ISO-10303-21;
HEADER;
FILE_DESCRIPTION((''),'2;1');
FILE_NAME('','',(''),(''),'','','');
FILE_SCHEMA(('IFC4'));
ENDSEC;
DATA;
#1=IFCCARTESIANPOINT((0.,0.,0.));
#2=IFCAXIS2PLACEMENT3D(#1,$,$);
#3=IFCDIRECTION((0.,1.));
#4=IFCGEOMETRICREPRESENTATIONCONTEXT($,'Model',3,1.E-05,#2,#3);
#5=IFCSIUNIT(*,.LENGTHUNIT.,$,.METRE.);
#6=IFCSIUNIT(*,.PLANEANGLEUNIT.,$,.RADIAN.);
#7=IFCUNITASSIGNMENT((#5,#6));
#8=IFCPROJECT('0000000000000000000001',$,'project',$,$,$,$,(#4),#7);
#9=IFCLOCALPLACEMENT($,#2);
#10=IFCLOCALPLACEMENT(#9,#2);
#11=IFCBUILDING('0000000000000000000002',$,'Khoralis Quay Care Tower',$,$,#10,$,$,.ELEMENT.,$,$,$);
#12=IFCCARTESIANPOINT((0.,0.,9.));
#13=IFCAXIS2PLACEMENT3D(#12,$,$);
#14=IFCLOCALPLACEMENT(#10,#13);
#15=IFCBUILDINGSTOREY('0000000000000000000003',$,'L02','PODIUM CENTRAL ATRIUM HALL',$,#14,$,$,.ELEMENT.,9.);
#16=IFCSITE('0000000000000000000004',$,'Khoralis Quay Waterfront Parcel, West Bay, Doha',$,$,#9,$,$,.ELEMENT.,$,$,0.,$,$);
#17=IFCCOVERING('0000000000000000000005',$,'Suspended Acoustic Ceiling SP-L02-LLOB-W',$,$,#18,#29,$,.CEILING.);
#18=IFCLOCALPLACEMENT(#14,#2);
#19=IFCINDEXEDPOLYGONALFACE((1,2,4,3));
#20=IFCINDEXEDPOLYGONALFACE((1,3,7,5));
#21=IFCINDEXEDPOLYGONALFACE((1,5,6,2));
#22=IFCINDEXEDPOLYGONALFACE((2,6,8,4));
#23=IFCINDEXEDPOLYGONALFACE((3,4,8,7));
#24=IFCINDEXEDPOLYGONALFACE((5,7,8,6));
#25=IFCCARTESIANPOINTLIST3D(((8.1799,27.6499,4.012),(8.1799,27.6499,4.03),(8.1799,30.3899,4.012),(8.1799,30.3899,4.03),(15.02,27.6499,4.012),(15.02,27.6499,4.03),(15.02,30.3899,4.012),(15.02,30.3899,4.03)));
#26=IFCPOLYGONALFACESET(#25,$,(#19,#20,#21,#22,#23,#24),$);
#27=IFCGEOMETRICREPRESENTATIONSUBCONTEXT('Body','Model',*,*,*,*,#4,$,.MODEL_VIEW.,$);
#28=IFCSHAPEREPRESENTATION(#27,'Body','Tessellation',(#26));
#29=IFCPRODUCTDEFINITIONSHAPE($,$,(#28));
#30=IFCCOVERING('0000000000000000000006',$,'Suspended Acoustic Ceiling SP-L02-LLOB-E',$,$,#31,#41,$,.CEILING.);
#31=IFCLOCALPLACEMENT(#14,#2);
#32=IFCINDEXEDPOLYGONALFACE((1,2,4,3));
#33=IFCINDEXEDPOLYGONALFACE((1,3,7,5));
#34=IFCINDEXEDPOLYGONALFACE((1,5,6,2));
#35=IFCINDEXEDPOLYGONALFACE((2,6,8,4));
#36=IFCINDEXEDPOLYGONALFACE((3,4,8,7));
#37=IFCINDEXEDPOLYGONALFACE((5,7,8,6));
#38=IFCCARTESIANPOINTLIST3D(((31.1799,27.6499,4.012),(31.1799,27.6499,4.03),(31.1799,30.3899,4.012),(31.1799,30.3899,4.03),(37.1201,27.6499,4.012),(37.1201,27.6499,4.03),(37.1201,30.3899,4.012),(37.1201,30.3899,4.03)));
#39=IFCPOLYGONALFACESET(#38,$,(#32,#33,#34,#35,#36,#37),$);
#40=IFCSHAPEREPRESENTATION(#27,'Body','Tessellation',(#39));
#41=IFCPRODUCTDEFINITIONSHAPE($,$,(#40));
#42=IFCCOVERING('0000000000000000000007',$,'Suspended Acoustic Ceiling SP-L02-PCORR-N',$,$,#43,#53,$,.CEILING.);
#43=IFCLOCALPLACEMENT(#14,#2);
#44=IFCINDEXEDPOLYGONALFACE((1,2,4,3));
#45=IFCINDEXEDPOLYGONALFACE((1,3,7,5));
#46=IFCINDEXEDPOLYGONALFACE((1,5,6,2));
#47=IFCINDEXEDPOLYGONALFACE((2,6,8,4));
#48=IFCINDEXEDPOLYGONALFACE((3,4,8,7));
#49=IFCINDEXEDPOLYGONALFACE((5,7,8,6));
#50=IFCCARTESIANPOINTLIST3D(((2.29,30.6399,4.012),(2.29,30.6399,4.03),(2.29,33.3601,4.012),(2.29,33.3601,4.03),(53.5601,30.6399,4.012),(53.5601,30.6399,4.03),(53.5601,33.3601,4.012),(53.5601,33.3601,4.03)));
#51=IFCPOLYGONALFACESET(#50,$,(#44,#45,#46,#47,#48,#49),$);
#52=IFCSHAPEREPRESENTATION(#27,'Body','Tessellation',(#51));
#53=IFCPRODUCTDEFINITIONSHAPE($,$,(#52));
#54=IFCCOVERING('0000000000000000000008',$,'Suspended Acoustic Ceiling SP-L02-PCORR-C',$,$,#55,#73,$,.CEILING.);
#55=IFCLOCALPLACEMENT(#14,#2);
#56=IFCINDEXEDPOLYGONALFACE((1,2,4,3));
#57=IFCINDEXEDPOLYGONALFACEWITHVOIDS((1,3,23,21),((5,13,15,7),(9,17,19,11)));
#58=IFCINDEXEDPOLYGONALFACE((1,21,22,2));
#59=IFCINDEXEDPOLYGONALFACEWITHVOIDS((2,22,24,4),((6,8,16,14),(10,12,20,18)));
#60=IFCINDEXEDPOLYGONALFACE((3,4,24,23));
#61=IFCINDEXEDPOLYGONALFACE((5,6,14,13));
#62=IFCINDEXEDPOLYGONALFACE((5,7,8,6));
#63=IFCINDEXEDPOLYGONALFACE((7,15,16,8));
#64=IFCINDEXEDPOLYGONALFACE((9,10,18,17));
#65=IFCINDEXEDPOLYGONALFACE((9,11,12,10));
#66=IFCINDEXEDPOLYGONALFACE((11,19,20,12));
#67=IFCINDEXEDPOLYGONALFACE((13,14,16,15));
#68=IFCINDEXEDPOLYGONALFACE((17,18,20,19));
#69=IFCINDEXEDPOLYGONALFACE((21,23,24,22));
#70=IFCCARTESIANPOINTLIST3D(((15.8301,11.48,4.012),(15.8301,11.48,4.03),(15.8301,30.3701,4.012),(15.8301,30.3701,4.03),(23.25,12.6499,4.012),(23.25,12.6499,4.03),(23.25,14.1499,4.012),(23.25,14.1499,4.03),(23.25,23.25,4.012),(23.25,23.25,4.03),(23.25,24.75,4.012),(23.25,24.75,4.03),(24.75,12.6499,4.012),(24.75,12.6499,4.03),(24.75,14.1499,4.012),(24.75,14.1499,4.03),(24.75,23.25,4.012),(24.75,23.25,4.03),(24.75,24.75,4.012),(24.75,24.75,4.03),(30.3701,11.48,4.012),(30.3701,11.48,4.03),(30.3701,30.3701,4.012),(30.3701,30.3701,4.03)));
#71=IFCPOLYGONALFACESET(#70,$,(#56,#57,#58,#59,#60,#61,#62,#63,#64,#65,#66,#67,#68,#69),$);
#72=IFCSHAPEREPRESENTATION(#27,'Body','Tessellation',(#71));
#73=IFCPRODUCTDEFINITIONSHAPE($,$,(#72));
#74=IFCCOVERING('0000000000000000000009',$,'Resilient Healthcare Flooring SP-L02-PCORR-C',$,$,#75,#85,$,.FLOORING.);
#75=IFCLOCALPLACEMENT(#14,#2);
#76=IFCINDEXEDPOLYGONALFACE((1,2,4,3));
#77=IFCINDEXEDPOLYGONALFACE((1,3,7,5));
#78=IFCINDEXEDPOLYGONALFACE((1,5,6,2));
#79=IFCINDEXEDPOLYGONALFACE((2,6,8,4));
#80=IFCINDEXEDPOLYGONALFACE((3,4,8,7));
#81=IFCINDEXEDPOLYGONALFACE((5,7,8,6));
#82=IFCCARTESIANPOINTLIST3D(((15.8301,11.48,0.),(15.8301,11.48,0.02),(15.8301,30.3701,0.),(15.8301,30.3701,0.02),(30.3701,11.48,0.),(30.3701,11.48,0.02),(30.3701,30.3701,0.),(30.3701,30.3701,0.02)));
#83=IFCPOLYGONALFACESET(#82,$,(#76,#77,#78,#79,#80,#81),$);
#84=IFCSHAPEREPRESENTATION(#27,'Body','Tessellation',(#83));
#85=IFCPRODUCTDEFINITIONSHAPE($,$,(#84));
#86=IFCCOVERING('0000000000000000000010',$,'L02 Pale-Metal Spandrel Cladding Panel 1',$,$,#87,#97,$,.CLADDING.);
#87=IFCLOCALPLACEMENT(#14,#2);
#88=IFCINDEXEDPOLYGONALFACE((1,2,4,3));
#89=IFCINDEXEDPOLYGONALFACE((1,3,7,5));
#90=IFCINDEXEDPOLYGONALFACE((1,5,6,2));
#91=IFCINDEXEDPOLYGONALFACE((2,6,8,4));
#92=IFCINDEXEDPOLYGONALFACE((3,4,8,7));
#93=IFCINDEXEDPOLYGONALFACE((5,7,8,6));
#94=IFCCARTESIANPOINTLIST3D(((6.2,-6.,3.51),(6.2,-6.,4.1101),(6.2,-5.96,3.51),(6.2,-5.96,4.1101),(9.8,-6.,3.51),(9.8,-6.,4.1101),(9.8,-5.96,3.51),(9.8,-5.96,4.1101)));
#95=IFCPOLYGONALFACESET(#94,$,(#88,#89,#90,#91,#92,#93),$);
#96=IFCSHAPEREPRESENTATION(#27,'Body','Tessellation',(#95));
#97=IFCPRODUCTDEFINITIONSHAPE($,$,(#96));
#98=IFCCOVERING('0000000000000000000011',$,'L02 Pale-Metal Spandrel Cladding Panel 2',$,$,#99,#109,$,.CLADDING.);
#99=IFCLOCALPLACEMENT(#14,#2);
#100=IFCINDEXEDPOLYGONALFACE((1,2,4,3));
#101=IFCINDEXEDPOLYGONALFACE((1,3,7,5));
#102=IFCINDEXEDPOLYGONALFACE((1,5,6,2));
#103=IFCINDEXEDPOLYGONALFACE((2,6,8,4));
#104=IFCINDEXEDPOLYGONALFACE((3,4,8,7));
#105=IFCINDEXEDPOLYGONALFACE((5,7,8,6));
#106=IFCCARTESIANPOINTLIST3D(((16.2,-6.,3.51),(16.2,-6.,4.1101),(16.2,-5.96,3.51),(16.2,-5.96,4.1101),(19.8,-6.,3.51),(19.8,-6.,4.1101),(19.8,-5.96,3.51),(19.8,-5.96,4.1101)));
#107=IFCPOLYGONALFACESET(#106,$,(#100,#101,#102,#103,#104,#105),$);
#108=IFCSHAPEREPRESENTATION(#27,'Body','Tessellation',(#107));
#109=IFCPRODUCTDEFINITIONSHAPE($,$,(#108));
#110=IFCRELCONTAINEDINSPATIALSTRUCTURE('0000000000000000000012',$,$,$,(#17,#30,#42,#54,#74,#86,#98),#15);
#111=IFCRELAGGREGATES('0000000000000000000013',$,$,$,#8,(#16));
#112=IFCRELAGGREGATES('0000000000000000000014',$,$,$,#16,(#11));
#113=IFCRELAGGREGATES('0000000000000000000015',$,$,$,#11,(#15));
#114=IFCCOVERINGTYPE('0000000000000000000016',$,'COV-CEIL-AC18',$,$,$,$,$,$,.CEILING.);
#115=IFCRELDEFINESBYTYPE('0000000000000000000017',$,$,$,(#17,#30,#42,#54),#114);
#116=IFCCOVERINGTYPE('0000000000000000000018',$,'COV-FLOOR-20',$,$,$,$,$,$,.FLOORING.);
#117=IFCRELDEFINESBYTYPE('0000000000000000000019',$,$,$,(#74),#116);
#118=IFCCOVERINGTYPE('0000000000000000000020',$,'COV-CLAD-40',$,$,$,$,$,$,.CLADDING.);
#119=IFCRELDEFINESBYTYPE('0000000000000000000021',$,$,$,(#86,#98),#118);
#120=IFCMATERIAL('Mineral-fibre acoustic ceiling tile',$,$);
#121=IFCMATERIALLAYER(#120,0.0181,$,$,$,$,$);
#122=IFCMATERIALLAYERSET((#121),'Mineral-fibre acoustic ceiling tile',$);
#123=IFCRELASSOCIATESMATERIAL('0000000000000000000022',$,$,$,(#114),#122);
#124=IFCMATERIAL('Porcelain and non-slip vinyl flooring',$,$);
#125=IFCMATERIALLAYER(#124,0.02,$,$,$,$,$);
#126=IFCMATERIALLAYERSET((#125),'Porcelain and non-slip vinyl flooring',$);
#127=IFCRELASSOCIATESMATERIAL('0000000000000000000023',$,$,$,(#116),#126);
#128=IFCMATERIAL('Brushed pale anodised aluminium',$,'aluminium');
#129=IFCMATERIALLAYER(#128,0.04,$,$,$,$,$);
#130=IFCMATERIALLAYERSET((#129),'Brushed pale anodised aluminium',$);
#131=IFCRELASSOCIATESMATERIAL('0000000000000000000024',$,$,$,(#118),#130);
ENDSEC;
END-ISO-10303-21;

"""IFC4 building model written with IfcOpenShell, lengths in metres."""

from ifc_helpers import new_model, si_unit, direction, frame, origin, origin_2d, place, context, subcontext, project, spatial, polyline, rectangle, outline, extrude, source, transform, mapped, material, layer, layer_set, type_object, element, save


model = new_model("IFC4")

# Units and contexts
model_context = context("Model", 3, precision=1e-05, world=origin(), true_north=direction((0.0, 1.0)))
body_context = subcontext(model_context, "Body", "Model", "MODEL_VIEW")
ifc_project = project(units=[si_unit("LENGTHUNIT", "METRE"), si_unit("PLANEANGLEUNIT", "RADIAN")], contexts=[model_context])

# Site, building, storey
site_placement = place(None, origin())
site = spatial("IfcSite", under=ifc_project, at=site_placement, Name="Khoralis Quay Waterfront Parcel, West Bay, Doha", CompositionType="ELEMENT", RefElevation=0.0)
building_placement = place(site_placement, origin())
building = spatial("IfcBuilding", under=site, at=building_placement, Name="Khoralis Quay Care Tower", CompositionType="ELEMENT")
storey_placement = place(building_placement, frame((0.0, 0.0, 9.0)))
storey = spatial("IfcBuildingStorey", under=building, at=storey_placement, Name="L02", Description="PODIUM CENTRAL ATRIUM HALL", CompositionType="ELEMENT", Elevation=9.0)

# Coverings
ifc_material_1 = material(Name="Mineral-fibre acoustic ceiling tile")
ifc_layer_1 = layer(ifc_material_1, 0.0181)
ifc_layer_set_1 = layer_set([ifc_layer_1], Name="Mineral-fibre acoustic ceiling tile")
covering_type_1 = type_object("IfcCoveringType", Name="COV-CEIL-AC18", PredefinedType="CEILING", material=ifc_layer_set_1)
covering_1_placement = place(storey_placement, frame((0.0, 0.0, 4.012)))
element("IfcCovering", 1, at=covering_1_placement, inside=storey, type_object=covering_type_1, Name="Suspended Acoustic Ceiling SP-L02-LLOB-W", PredefinedType="CEILING", context=body_context, shape_type="SweptSolid", body=[
    extrude(outline(polyline([(8.1799, 27.6499), (15.02, 27.6499), (15.02, 30.3899), (8.1799, 30.3899), (8.1799, 27.6499)])), origin(), (0.0, 0.0, 1.0), 0.0181),
])
covering_2_placement = place(storey_placement, frame((0.0, 0.0, 4.012)))
element("IfcCovering", 2, at=covering_2_placement, inside=storey, type_object=covering_type_1, Name="Suspended Acoustic Ceiling SP-L02-LLOB-E", PredefinedType="CEILING", context=body_context, shape_type="SweptSolid", body=[
    extrude(outline(polyline([(31.1799, 27.6499), (37.1201, 27.6499), (37.1201, 30.3899), (31.1799, 30.3899), (31.1799, 27.6499)])), origin(), (0.0, 0.0, 1.0), 0.0181),
])
covering_3_placement = place(storey_placement, frame((0.0, 0.0, 4.012)))
element("IfcCovering", 3, at=covering_3_placement, inside=storey, type_object=covering_type_1, Name="Suspended Acoustic Ceiling SP-L02-PCORR-N", PredefinedType="CEILING", context=body_context, shape_type="SweptSolid", body=[
    extrude(outline(polyline([(2.29, 30.6399), (53.5601, 30.6399), (53.5601, 33.3601), (2.29, 33.3601), (2.29, 30.6399)])), origin(), (0.0, 0.0, 1.0), 0.0181),
])
covering_4_placement = place(storey_placement, frame((0.0, 0.0, 4.012)))
element("IfcCovering", 4, at=covering_4_placement, inside=storey, type_object=covering_type_1, Name="Suspended Acoustic Ceiling SP-L02-PCORR-C", PredefinedType="CEILING", context=body_context, shape_type="SweptSolid", body=[
    extrude(outline(polyline([(15.8301, 11.48), (30.3701, 11.48), (30.3701, 30.3701), (15.8301, 30.3701), (15.8301, 11.48)]), holes=[polyline([(23.25, 12.6499), (24.75, 12.6499), (24.75, 14.1499), (23.25, 14.1499), (23.25, 12.6499)]), polyline([(23.25, 23.25), (24.75, 23.25), (24.75, 24.75), (23.25, 24.75), (23.25, 23.25)])]), origin(), (0.0, 0.0, 1.0), 0.0181),
])
ifc_material_2 = material(Name="Porcelain and non-slip vinyl flooring")
ifc_layer_2 = layer(ifc_material_2, 0.02)
ifc_layer_set_2 = layer_set([ifc_layer_2], Name="Porcelain and non-slip vinyl flooring")
covering_type_2 = type_object("IfcCoveringType", Name="COV-FLOOR-20", PredefinedType="FLOORING", material=ifc_layer_set_2)
covering_5_placement = place(storey_placement, origin())
element("IfcCovering", 5, at=covering_5_placement, inside=storey, type_object=covering_type_2, Name="Resilient Healthcare Flooring SP-L02-PCORR-C", PredefinedType="FLOORING", context=body_context, shape_type="SweptSolid", body=[
    extrude(outline(polyline([(15.8301, 11.48), (30.3701, 11.48), (30.3701, 30.3701), (15.8301, 30.3701), (15.8301, 11.48)])), origin(), (0.0, 0.0, 1.0), 0.02),
])
ifc_material_3 = material(Name="Brushed pale anodised aluminium", Category="aluminium")
ifc_layer_3 = layer(ifc_material_3, 0.04)
ifc_layer_set_3 = layer_set([ifc_layer_3], Name="Brushed pale anodised aluminium")
covering_type_3 = type_object("IfcCoveringType", Name="COV-CLAD-40", PredefinedType="CLADDING", material=ifc_layer_set_3)
shared_shape_1 = source(origin(), body_context, "Body", "SweptSolid", [
    extrude(rectangle(XDim=3.6001, YDim=0.04, at=origin_2d()), origin(), (0.0, 0.0, 1.0), 0.6001),
])
for number, where, z_axis, x_axis, name in (
    (6, (8.0, -5.98, 3.51), (0.0, 0.0, 1.0), (1.0, 0.0, 0.0), "L02 Pale-Metal Spandrel Cladding Panel 1"),
    (7, (18.0, -5.98, 3.51), (0.0, 0.0, 1.0), (1.0, 0.0, 0.0), "L02 Pale-Metal Spandrel Cladding Panel 2"),
):
    element("IfcCovering", number, at=place(storey_placement, frame(where, z_axis=z_axis, x_axis=x_axis)), inside=storey, type_object=covering_type_3, Name=name, PredefinedType="CLADDING", context=body_context, shape_type="MappedRepresentation", body=[
        mapped(shared_shape_1, transform((0.0, 0.0, 0.0), scale=1.0)),
    ])

save(model, "model.ifc")
